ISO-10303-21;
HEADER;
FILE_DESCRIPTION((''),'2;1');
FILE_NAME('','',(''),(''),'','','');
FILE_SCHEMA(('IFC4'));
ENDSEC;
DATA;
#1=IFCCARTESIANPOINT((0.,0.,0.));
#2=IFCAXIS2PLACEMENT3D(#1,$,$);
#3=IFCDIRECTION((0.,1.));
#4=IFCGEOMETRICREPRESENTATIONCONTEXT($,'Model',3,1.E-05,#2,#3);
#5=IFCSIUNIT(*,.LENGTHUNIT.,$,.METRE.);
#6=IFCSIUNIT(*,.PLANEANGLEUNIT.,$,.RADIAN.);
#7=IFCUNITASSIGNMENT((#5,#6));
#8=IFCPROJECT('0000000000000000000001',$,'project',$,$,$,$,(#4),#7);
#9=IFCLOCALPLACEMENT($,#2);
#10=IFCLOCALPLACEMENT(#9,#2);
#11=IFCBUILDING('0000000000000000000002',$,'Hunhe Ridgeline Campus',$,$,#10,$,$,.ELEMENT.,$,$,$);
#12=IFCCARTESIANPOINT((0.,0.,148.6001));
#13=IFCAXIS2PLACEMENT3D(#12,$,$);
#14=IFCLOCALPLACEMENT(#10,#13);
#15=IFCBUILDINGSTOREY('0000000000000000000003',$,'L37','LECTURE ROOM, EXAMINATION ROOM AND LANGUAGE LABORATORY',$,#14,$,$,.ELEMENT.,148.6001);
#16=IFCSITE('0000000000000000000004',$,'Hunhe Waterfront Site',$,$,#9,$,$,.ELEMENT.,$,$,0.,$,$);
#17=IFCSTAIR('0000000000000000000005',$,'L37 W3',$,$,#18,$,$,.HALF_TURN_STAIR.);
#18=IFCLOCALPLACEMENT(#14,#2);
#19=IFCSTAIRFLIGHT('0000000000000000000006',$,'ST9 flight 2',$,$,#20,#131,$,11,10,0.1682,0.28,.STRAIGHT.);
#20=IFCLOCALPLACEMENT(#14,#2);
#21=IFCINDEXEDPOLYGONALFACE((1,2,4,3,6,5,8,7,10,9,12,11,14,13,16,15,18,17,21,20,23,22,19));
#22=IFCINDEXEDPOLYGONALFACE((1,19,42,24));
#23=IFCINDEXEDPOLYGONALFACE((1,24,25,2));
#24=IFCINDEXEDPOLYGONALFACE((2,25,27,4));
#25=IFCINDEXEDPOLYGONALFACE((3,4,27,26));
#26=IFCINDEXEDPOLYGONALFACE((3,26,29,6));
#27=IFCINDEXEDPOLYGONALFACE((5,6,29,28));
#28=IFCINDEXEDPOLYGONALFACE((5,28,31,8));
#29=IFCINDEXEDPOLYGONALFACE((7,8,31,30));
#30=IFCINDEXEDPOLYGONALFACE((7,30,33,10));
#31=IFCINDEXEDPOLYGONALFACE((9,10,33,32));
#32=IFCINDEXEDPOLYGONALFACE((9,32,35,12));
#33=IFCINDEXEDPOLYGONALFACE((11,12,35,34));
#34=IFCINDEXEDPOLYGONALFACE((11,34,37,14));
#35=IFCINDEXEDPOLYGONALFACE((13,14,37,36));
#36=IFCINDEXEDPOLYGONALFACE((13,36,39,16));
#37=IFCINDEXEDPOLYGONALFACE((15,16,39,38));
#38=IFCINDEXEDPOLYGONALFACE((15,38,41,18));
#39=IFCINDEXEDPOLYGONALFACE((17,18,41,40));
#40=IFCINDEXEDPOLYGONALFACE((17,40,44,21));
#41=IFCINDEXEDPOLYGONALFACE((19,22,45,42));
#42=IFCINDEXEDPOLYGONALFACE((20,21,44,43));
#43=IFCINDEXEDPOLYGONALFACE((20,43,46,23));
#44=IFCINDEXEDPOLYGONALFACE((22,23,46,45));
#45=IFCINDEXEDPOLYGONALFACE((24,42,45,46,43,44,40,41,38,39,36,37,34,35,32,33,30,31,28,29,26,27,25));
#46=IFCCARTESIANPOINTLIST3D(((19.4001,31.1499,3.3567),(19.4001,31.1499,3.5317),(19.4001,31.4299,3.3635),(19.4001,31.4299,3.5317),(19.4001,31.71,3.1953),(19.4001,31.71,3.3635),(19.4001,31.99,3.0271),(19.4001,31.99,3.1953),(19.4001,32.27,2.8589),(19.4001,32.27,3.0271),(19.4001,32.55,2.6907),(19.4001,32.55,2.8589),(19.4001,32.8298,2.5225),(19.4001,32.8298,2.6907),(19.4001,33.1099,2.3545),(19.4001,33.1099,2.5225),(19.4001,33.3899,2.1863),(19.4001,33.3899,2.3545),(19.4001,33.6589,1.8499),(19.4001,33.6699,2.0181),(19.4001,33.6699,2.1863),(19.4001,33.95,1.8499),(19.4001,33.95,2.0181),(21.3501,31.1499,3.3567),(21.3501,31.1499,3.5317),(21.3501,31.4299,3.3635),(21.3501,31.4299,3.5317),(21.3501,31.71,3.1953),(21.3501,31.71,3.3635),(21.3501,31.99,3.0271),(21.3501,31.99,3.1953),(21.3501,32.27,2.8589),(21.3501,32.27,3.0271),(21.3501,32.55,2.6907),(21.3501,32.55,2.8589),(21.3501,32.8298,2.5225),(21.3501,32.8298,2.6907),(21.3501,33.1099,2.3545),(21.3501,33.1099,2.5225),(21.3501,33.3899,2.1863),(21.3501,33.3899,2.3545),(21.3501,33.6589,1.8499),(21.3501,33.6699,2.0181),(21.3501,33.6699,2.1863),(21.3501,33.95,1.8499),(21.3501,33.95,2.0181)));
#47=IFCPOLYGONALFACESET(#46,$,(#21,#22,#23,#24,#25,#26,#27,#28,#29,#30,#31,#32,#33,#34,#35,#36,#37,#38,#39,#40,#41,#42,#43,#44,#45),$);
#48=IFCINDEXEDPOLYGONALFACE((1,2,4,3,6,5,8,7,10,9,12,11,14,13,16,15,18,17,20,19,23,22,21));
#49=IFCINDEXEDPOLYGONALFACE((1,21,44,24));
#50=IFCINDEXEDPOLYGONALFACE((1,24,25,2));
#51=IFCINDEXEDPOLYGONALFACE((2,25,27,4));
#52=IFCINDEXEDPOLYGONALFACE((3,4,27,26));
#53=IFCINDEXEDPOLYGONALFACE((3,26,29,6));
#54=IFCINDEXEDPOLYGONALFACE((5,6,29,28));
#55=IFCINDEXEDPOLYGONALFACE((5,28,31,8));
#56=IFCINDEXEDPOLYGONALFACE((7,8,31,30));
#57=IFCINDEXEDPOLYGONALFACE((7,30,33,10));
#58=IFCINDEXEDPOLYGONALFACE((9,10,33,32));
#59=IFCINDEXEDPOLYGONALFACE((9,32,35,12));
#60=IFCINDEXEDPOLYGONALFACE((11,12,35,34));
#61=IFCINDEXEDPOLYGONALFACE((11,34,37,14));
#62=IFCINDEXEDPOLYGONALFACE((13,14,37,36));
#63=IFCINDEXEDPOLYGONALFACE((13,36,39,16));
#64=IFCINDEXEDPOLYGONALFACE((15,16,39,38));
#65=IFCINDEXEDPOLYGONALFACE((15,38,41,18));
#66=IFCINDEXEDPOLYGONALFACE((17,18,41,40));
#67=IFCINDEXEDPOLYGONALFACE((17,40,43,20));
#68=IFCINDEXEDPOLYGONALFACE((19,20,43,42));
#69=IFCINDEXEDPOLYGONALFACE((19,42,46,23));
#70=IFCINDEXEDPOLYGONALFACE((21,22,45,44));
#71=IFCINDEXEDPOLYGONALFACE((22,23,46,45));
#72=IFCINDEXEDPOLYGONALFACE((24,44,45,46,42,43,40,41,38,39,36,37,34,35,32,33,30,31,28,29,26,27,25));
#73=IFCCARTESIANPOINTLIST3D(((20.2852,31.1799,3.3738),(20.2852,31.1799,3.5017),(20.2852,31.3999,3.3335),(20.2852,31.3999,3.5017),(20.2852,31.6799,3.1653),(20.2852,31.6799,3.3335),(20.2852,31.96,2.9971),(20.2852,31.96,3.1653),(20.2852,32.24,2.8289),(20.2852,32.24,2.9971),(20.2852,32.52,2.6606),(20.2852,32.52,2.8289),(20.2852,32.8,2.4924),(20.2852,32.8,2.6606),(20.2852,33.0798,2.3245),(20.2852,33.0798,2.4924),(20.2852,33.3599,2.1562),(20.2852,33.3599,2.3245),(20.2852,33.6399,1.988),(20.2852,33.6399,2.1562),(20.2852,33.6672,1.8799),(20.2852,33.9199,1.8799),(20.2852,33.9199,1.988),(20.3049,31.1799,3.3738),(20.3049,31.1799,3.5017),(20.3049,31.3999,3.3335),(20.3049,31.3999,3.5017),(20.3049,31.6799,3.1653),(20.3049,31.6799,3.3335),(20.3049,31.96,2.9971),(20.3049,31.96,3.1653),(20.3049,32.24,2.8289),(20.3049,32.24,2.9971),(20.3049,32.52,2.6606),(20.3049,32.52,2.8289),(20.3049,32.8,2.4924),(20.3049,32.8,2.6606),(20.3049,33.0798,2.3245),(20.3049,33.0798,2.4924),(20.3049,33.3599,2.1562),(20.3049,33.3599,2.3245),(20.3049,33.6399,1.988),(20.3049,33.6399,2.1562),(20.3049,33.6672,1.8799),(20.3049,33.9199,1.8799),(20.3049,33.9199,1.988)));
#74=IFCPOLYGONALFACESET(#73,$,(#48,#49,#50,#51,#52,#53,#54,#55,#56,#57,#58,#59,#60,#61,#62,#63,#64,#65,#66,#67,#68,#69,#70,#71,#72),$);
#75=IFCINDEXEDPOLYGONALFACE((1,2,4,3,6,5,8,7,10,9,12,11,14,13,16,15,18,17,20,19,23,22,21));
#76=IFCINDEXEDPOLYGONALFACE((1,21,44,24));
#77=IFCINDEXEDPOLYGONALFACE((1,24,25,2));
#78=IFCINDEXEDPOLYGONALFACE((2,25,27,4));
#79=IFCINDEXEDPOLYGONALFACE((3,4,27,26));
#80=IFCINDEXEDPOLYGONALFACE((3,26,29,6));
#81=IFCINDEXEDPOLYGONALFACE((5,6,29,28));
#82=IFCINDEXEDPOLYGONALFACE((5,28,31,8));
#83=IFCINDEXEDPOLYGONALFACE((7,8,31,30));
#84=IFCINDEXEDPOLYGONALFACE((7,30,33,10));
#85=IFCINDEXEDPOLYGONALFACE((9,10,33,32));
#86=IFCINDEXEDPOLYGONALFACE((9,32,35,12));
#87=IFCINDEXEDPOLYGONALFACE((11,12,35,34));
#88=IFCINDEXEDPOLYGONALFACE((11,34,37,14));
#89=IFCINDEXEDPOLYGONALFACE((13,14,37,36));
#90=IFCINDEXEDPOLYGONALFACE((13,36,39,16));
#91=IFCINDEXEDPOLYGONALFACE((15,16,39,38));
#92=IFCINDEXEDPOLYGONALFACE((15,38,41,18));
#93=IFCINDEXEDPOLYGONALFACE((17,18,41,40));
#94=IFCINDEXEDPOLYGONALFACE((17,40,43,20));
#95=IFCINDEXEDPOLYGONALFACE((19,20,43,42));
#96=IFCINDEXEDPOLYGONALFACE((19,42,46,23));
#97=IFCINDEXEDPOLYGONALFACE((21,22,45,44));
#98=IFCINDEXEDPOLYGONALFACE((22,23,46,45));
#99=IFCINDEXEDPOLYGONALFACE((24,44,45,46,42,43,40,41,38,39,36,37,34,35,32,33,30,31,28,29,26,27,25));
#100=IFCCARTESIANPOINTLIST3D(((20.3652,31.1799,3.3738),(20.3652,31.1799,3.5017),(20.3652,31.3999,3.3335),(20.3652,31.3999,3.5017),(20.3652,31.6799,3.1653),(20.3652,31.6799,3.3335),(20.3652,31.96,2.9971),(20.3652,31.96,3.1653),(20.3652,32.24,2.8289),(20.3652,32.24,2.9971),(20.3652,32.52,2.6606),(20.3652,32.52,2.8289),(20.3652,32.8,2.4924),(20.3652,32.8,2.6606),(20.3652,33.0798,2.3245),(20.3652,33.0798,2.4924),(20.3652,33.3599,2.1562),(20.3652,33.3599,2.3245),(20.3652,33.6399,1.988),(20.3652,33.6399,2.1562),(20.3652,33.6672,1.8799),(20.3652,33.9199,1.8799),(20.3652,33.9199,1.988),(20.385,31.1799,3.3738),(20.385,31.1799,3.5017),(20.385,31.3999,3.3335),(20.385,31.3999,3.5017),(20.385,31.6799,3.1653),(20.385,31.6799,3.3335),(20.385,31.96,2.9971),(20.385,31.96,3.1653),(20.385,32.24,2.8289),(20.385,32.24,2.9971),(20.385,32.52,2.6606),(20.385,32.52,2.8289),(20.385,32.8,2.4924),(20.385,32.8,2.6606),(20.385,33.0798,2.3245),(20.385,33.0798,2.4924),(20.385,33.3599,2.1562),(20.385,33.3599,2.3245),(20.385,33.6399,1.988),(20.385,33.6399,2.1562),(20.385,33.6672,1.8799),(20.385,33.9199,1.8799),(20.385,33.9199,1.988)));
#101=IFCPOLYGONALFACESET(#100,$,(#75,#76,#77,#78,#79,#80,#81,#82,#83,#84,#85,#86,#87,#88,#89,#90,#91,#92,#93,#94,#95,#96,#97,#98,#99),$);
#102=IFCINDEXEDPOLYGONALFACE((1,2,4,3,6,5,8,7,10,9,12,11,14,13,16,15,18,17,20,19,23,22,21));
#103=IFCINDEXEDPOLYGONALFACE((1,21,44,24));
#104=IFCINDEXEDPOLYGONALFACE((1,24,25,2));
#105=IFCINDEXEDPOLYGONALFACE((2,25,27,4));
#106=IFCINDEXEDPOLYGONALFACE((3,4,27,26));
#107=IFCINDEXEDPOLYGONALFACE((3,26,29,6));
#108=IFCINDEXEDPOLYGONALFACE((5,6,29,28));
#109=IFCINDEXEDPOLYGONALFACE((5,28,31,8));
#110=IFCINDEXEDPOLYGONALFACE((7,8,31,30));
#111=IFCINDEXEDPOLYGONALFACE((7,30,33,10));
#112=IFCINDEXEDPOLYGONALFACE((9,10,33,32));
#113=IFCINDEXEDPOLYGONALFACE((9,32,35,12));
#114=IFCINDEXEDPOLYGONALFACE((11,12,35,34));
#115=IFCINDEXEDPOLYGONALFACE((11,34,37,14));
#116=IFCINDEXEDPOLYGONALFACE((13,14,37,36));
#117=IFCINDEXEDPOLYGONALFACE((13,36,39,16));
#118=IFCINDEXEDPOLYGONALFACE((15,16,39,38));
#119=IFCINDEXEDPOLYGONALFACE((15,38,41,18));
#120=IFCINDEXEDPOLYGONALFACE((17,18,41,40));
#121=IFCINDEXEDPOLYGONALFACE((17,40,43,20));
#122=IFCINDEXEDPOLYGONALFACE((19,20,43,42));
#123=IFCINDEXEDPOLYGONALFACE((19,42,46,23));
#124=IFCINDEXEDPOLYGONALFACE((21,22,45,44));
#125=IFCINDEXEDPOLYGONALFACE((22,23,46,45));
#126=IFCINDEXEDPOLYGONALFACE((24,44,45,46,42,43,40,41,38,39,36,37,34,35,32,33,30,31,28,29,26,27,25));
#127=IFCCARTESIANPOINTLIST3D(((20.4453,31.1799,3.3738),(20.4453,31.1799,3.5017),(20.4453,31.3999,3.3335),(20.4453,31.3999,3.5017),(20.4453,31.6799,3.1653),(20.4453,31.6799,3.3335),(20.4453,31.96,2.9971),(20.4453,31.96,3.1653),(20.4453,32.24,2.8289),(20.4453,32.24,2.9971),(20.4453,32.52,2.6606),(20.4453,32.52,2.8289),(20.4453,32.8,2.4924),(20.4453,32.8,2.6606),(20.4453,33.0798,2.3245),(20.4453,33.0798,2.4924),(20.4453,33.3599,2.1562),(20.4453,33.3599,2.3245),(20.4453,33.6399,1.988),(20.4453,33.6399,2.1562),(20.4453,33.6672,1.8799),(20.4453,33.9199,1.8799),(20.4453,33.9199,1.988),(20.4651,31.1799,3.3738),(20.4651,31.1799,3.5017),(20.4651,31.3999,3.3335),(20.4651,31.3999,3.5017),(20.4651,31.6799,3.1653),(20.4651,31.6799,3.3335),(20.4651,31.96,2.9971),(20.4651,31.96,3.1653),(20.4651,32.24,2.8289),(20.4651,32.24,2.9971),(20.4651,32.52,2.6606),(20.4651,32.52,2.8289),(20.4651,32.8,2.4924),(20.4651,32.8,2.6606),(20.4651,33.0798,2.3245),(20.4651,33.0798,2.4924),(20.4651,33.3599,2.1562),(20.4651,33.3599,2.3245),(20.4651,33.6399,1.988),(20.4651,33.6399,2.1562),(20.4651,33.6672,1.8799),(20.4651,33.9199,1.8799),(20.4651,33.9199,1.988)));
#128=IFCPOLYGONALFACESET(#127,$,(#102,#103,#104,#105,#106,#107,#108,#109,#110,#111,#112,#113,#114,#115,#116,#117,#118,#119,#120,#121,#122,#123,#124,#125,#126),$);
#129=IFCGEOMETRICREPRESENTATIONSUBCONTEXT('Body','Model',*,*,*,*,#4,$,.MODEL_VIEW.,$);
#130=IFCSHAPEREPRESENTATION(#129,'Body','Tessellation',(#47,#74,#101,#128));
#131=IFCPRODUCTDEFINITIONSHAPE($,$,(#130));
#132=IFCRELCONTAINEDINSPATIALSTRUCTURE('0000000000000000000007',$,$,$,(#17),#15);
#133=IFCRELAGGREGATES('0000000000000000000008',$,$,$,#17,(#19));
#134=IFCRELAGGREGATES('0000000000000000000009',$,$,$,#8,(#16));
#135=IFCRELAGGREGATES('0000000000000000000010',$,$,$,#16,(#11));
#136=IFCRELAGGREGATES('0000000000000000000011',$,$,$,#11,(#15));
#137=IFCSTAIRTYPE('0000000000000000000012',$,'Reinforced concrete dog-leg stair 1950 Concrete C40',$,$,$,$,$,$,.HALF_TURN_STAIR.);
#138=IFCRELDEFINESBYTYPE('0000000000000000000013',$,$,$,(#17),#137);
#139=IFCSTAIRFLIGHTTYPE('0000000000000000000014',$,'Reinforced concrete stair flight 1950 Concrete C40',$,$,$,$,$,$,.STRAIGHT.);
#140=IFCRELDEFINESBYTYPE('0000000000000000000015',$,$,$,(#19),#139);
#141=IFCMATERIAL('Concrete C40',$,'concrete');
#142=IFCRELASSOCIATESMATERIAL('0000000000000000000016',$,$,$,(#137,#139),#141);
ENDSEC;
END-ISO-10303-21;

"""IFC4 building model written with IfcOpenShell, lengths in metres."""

from ifc_helpers import new_model, si_unit, direction, frame, origin, place, context, subcontext, project, spatial, polyline, outline, extrude, material, type_object, element, aggregate, save


model = new_model("IFC4")

# Units and contexts
model_context = context("Model", 3, precision=1e-05, world=origin(), true_north=direction((0.0, 1.0)))
body_context = subcontext(model_context, "Body", "Model", "MODEL_VIEW")
ifc_project = project(units=[si_unit("LENGTHUNIT", "METRE"), si_unit("PLANEANGLEUNIT", "RADIAN")], contexts=[model_context])

# Site, building, storey
site_placement = place(None, origin())
site = spatial("IfcSite", under=ifc_project, at=site_placement, Name="Hunhe Waterfront Site", CompositionType="ELEMENT", RefElevation=0.0)
building_placement = place(site_placement, origin())
building = spatial("IfcBuilding", under=site, at=building_placement, Name="Hunhe Ridgeline Campus", CompositionType="ELEMENT")
storey_placement = place(building_placement, frame((0.0, 0.0, 148.6001)))
storey = spatial("IfcBuildingStorey", under=building, at=storey_placement, Name="L37", Description="LECTURE ROOM, EXAMINATION ROOM AND LANGUAGE LABORATORY", CompositionType="ELEMENT", Elevation=148.6001)

# Stair, stair flight
ifc_material_1 = material(Name="Concrete C40", Category="concrete")
stair_type = type_object("IfcStairType", Name="Reinforced concrete dog-leg stair 1950 Concrete C40", PredefinedType="HALF_TURN_STAIR", material=ifc_material_1)
stair_placement = place(storey_placement, origin())
stair = element("IfcStair", 1, at=stair_placement, inside=storey, type_object=stair_type, Name="L37 W3", PredefinedType="HALF_TURN_STAIR")
stair_flight_type = type_object("IfcStairFlightType", Name="Reinforced concrete stair flight 1950 Concrete C40", PredefinedType="STRAIGHT", material=ifc_material_1)
stair_flight_1_placement = place(storey_placement, frame((20.375, 33.95, 1.8499), z_axis=(0.0, 0.0, 1.0), x_axis=(0.0, -1.0, 0.0)))
stair_flight_1 = element("IfcStairFlight", 2, at=stair_flight_1_placement, type_object=stair_flight_type, Name="ST9 flight 2", NumberOfRisers=11, NumberOfTreads=10, PredefinedType="STRAIGHT", RiserHeight=0.1682, TreadLength=0.28, context=body_context, shape_type="SweptSolid", body=[
    extrude(outline(polyline([(0.0, 0.0), (0.0, 0.1682), (0.28, 0.1682), (0.28, 0.3364), (0.5601, 0.3364), (0.5601, 0.5046), (0.8401, 0.5046), (0.8401, 0.6726), (1.1201, 0.6726), (1.1201, 0.8408), (1.3999, 0.8408), (1.3999, 1.009), (1.6799, 1.009), (1.6799, 1.1772), (1.96, 1.1772), (1.96, 1.3455), (2.24, 1.3455), (2.24, 1.5137), (2.52, 1.5137), (2.52, 1.6819), (2.8, 1.6819), (2.8, 1.8501), (2.8, 1.5068), (0.291, 0.0), (0.0, 0.0)])), frame((0.0, 0.9751, 0.0), z_axis=(0.0, -1.0, 0.0), x_axis=(1.0, 0.0, 0.0)), (0.0, 0.0, 1.0), 1.95),
    extrude(outline(polyline([(0.03, 0.03), (0.03, 0.1382), (0.3101, 0.1382), (0.3101, 0.3064), (0.5901, 0.3064), (0.5901, 0.4746), (0.8701, 0.4746), (0.8701, 0.6426), (1.1499, 0.6426), (1.1499, 0.8108), (1.4299, 0.8108), (1.4299, 0.979), (1.71, 0.979), (1.71, 1.1472), (1.99, 1.1472), (1.99, 1.3154), (2.27, 1.3154), (2.27, 1.4836), (2.55, 1.4836), (2.55, 1.6519), (2.77, 1.6519), (2.77, 1.5239), (0.2827, 0.03), (0.03, 0.03)])), frame((0.0, -0.0701, 0.0), z_axis=(0.0, -1.0, 0.0), x_axis=(1.0, 0.0, 0.0)), (0.0, 0.0, 1.0), 0.0198),
    extrude(outline(polyline([(0.03, 0.03), (0.03, 0.1382), (0.3101, 0.1382), (0.3101, 0.3064), (0.5901, 0.3064), (0.5901, 0.4746), (0.8701, 0.4746), (0.8701, 0.6426), (1.1499, 0.6426), (1.1499, 0.8108), (1.4299, 0.8108), (1.4299, 0.979), (1.71, 0.979), (1.71, 1.1472), (1.99, 1.1472), (1.99, 1.3154), (2.27, 1.3154), (2.27, 1.4836), (2.55, 1.4836), (2.55, 1.6519), (2.77, 1.6519), (2.77, 1.5239), (0.2827, 0.03), (0.03, 0.03)])), frame((0.0, 0.01, 0.0), z_axis=(0.0, -1.0, 0.0), x_axis=(1.0, 0.0, 0.0)), (0.0, 0.0, 1.0), 0.0198),
    extrude(outline(polyline([(0.03, 0.03), (0.03, 0.1382), (0.3101, 0.1382), (0.3101, 0.3064), (0.5901, 0.3064), (0.5901, 0.4746), (0.8701, 0.4746), (0.8701, 0.6426), (1.1499, 0.6426), (1.1499, 0.8108), (1.4299, 0.8108), (1.4299, 0.979), (1.71, 0.979), (1.71, 1.1472), (1.99, 1.1472), (1.99, 1.3154), (2.27, 1.3154), (2.27, 1.4836), (2.55, 1.4836), (2.55, 1.6519), (2.77, 1.6519), (2.77, 1.5239), (0.2827, 0.03), (0.03, 0.03)])), frame((0.0, 0.0901, 0.0), z_axis=(0.0, -1.0, 0.0), x_axis=(1.0, 0.0, 0.0)), (0.0, 0.0, 1.0), 0.0198),
])
aggregate(stair, [stair_flight_1])

save(model, "model.ifc")
